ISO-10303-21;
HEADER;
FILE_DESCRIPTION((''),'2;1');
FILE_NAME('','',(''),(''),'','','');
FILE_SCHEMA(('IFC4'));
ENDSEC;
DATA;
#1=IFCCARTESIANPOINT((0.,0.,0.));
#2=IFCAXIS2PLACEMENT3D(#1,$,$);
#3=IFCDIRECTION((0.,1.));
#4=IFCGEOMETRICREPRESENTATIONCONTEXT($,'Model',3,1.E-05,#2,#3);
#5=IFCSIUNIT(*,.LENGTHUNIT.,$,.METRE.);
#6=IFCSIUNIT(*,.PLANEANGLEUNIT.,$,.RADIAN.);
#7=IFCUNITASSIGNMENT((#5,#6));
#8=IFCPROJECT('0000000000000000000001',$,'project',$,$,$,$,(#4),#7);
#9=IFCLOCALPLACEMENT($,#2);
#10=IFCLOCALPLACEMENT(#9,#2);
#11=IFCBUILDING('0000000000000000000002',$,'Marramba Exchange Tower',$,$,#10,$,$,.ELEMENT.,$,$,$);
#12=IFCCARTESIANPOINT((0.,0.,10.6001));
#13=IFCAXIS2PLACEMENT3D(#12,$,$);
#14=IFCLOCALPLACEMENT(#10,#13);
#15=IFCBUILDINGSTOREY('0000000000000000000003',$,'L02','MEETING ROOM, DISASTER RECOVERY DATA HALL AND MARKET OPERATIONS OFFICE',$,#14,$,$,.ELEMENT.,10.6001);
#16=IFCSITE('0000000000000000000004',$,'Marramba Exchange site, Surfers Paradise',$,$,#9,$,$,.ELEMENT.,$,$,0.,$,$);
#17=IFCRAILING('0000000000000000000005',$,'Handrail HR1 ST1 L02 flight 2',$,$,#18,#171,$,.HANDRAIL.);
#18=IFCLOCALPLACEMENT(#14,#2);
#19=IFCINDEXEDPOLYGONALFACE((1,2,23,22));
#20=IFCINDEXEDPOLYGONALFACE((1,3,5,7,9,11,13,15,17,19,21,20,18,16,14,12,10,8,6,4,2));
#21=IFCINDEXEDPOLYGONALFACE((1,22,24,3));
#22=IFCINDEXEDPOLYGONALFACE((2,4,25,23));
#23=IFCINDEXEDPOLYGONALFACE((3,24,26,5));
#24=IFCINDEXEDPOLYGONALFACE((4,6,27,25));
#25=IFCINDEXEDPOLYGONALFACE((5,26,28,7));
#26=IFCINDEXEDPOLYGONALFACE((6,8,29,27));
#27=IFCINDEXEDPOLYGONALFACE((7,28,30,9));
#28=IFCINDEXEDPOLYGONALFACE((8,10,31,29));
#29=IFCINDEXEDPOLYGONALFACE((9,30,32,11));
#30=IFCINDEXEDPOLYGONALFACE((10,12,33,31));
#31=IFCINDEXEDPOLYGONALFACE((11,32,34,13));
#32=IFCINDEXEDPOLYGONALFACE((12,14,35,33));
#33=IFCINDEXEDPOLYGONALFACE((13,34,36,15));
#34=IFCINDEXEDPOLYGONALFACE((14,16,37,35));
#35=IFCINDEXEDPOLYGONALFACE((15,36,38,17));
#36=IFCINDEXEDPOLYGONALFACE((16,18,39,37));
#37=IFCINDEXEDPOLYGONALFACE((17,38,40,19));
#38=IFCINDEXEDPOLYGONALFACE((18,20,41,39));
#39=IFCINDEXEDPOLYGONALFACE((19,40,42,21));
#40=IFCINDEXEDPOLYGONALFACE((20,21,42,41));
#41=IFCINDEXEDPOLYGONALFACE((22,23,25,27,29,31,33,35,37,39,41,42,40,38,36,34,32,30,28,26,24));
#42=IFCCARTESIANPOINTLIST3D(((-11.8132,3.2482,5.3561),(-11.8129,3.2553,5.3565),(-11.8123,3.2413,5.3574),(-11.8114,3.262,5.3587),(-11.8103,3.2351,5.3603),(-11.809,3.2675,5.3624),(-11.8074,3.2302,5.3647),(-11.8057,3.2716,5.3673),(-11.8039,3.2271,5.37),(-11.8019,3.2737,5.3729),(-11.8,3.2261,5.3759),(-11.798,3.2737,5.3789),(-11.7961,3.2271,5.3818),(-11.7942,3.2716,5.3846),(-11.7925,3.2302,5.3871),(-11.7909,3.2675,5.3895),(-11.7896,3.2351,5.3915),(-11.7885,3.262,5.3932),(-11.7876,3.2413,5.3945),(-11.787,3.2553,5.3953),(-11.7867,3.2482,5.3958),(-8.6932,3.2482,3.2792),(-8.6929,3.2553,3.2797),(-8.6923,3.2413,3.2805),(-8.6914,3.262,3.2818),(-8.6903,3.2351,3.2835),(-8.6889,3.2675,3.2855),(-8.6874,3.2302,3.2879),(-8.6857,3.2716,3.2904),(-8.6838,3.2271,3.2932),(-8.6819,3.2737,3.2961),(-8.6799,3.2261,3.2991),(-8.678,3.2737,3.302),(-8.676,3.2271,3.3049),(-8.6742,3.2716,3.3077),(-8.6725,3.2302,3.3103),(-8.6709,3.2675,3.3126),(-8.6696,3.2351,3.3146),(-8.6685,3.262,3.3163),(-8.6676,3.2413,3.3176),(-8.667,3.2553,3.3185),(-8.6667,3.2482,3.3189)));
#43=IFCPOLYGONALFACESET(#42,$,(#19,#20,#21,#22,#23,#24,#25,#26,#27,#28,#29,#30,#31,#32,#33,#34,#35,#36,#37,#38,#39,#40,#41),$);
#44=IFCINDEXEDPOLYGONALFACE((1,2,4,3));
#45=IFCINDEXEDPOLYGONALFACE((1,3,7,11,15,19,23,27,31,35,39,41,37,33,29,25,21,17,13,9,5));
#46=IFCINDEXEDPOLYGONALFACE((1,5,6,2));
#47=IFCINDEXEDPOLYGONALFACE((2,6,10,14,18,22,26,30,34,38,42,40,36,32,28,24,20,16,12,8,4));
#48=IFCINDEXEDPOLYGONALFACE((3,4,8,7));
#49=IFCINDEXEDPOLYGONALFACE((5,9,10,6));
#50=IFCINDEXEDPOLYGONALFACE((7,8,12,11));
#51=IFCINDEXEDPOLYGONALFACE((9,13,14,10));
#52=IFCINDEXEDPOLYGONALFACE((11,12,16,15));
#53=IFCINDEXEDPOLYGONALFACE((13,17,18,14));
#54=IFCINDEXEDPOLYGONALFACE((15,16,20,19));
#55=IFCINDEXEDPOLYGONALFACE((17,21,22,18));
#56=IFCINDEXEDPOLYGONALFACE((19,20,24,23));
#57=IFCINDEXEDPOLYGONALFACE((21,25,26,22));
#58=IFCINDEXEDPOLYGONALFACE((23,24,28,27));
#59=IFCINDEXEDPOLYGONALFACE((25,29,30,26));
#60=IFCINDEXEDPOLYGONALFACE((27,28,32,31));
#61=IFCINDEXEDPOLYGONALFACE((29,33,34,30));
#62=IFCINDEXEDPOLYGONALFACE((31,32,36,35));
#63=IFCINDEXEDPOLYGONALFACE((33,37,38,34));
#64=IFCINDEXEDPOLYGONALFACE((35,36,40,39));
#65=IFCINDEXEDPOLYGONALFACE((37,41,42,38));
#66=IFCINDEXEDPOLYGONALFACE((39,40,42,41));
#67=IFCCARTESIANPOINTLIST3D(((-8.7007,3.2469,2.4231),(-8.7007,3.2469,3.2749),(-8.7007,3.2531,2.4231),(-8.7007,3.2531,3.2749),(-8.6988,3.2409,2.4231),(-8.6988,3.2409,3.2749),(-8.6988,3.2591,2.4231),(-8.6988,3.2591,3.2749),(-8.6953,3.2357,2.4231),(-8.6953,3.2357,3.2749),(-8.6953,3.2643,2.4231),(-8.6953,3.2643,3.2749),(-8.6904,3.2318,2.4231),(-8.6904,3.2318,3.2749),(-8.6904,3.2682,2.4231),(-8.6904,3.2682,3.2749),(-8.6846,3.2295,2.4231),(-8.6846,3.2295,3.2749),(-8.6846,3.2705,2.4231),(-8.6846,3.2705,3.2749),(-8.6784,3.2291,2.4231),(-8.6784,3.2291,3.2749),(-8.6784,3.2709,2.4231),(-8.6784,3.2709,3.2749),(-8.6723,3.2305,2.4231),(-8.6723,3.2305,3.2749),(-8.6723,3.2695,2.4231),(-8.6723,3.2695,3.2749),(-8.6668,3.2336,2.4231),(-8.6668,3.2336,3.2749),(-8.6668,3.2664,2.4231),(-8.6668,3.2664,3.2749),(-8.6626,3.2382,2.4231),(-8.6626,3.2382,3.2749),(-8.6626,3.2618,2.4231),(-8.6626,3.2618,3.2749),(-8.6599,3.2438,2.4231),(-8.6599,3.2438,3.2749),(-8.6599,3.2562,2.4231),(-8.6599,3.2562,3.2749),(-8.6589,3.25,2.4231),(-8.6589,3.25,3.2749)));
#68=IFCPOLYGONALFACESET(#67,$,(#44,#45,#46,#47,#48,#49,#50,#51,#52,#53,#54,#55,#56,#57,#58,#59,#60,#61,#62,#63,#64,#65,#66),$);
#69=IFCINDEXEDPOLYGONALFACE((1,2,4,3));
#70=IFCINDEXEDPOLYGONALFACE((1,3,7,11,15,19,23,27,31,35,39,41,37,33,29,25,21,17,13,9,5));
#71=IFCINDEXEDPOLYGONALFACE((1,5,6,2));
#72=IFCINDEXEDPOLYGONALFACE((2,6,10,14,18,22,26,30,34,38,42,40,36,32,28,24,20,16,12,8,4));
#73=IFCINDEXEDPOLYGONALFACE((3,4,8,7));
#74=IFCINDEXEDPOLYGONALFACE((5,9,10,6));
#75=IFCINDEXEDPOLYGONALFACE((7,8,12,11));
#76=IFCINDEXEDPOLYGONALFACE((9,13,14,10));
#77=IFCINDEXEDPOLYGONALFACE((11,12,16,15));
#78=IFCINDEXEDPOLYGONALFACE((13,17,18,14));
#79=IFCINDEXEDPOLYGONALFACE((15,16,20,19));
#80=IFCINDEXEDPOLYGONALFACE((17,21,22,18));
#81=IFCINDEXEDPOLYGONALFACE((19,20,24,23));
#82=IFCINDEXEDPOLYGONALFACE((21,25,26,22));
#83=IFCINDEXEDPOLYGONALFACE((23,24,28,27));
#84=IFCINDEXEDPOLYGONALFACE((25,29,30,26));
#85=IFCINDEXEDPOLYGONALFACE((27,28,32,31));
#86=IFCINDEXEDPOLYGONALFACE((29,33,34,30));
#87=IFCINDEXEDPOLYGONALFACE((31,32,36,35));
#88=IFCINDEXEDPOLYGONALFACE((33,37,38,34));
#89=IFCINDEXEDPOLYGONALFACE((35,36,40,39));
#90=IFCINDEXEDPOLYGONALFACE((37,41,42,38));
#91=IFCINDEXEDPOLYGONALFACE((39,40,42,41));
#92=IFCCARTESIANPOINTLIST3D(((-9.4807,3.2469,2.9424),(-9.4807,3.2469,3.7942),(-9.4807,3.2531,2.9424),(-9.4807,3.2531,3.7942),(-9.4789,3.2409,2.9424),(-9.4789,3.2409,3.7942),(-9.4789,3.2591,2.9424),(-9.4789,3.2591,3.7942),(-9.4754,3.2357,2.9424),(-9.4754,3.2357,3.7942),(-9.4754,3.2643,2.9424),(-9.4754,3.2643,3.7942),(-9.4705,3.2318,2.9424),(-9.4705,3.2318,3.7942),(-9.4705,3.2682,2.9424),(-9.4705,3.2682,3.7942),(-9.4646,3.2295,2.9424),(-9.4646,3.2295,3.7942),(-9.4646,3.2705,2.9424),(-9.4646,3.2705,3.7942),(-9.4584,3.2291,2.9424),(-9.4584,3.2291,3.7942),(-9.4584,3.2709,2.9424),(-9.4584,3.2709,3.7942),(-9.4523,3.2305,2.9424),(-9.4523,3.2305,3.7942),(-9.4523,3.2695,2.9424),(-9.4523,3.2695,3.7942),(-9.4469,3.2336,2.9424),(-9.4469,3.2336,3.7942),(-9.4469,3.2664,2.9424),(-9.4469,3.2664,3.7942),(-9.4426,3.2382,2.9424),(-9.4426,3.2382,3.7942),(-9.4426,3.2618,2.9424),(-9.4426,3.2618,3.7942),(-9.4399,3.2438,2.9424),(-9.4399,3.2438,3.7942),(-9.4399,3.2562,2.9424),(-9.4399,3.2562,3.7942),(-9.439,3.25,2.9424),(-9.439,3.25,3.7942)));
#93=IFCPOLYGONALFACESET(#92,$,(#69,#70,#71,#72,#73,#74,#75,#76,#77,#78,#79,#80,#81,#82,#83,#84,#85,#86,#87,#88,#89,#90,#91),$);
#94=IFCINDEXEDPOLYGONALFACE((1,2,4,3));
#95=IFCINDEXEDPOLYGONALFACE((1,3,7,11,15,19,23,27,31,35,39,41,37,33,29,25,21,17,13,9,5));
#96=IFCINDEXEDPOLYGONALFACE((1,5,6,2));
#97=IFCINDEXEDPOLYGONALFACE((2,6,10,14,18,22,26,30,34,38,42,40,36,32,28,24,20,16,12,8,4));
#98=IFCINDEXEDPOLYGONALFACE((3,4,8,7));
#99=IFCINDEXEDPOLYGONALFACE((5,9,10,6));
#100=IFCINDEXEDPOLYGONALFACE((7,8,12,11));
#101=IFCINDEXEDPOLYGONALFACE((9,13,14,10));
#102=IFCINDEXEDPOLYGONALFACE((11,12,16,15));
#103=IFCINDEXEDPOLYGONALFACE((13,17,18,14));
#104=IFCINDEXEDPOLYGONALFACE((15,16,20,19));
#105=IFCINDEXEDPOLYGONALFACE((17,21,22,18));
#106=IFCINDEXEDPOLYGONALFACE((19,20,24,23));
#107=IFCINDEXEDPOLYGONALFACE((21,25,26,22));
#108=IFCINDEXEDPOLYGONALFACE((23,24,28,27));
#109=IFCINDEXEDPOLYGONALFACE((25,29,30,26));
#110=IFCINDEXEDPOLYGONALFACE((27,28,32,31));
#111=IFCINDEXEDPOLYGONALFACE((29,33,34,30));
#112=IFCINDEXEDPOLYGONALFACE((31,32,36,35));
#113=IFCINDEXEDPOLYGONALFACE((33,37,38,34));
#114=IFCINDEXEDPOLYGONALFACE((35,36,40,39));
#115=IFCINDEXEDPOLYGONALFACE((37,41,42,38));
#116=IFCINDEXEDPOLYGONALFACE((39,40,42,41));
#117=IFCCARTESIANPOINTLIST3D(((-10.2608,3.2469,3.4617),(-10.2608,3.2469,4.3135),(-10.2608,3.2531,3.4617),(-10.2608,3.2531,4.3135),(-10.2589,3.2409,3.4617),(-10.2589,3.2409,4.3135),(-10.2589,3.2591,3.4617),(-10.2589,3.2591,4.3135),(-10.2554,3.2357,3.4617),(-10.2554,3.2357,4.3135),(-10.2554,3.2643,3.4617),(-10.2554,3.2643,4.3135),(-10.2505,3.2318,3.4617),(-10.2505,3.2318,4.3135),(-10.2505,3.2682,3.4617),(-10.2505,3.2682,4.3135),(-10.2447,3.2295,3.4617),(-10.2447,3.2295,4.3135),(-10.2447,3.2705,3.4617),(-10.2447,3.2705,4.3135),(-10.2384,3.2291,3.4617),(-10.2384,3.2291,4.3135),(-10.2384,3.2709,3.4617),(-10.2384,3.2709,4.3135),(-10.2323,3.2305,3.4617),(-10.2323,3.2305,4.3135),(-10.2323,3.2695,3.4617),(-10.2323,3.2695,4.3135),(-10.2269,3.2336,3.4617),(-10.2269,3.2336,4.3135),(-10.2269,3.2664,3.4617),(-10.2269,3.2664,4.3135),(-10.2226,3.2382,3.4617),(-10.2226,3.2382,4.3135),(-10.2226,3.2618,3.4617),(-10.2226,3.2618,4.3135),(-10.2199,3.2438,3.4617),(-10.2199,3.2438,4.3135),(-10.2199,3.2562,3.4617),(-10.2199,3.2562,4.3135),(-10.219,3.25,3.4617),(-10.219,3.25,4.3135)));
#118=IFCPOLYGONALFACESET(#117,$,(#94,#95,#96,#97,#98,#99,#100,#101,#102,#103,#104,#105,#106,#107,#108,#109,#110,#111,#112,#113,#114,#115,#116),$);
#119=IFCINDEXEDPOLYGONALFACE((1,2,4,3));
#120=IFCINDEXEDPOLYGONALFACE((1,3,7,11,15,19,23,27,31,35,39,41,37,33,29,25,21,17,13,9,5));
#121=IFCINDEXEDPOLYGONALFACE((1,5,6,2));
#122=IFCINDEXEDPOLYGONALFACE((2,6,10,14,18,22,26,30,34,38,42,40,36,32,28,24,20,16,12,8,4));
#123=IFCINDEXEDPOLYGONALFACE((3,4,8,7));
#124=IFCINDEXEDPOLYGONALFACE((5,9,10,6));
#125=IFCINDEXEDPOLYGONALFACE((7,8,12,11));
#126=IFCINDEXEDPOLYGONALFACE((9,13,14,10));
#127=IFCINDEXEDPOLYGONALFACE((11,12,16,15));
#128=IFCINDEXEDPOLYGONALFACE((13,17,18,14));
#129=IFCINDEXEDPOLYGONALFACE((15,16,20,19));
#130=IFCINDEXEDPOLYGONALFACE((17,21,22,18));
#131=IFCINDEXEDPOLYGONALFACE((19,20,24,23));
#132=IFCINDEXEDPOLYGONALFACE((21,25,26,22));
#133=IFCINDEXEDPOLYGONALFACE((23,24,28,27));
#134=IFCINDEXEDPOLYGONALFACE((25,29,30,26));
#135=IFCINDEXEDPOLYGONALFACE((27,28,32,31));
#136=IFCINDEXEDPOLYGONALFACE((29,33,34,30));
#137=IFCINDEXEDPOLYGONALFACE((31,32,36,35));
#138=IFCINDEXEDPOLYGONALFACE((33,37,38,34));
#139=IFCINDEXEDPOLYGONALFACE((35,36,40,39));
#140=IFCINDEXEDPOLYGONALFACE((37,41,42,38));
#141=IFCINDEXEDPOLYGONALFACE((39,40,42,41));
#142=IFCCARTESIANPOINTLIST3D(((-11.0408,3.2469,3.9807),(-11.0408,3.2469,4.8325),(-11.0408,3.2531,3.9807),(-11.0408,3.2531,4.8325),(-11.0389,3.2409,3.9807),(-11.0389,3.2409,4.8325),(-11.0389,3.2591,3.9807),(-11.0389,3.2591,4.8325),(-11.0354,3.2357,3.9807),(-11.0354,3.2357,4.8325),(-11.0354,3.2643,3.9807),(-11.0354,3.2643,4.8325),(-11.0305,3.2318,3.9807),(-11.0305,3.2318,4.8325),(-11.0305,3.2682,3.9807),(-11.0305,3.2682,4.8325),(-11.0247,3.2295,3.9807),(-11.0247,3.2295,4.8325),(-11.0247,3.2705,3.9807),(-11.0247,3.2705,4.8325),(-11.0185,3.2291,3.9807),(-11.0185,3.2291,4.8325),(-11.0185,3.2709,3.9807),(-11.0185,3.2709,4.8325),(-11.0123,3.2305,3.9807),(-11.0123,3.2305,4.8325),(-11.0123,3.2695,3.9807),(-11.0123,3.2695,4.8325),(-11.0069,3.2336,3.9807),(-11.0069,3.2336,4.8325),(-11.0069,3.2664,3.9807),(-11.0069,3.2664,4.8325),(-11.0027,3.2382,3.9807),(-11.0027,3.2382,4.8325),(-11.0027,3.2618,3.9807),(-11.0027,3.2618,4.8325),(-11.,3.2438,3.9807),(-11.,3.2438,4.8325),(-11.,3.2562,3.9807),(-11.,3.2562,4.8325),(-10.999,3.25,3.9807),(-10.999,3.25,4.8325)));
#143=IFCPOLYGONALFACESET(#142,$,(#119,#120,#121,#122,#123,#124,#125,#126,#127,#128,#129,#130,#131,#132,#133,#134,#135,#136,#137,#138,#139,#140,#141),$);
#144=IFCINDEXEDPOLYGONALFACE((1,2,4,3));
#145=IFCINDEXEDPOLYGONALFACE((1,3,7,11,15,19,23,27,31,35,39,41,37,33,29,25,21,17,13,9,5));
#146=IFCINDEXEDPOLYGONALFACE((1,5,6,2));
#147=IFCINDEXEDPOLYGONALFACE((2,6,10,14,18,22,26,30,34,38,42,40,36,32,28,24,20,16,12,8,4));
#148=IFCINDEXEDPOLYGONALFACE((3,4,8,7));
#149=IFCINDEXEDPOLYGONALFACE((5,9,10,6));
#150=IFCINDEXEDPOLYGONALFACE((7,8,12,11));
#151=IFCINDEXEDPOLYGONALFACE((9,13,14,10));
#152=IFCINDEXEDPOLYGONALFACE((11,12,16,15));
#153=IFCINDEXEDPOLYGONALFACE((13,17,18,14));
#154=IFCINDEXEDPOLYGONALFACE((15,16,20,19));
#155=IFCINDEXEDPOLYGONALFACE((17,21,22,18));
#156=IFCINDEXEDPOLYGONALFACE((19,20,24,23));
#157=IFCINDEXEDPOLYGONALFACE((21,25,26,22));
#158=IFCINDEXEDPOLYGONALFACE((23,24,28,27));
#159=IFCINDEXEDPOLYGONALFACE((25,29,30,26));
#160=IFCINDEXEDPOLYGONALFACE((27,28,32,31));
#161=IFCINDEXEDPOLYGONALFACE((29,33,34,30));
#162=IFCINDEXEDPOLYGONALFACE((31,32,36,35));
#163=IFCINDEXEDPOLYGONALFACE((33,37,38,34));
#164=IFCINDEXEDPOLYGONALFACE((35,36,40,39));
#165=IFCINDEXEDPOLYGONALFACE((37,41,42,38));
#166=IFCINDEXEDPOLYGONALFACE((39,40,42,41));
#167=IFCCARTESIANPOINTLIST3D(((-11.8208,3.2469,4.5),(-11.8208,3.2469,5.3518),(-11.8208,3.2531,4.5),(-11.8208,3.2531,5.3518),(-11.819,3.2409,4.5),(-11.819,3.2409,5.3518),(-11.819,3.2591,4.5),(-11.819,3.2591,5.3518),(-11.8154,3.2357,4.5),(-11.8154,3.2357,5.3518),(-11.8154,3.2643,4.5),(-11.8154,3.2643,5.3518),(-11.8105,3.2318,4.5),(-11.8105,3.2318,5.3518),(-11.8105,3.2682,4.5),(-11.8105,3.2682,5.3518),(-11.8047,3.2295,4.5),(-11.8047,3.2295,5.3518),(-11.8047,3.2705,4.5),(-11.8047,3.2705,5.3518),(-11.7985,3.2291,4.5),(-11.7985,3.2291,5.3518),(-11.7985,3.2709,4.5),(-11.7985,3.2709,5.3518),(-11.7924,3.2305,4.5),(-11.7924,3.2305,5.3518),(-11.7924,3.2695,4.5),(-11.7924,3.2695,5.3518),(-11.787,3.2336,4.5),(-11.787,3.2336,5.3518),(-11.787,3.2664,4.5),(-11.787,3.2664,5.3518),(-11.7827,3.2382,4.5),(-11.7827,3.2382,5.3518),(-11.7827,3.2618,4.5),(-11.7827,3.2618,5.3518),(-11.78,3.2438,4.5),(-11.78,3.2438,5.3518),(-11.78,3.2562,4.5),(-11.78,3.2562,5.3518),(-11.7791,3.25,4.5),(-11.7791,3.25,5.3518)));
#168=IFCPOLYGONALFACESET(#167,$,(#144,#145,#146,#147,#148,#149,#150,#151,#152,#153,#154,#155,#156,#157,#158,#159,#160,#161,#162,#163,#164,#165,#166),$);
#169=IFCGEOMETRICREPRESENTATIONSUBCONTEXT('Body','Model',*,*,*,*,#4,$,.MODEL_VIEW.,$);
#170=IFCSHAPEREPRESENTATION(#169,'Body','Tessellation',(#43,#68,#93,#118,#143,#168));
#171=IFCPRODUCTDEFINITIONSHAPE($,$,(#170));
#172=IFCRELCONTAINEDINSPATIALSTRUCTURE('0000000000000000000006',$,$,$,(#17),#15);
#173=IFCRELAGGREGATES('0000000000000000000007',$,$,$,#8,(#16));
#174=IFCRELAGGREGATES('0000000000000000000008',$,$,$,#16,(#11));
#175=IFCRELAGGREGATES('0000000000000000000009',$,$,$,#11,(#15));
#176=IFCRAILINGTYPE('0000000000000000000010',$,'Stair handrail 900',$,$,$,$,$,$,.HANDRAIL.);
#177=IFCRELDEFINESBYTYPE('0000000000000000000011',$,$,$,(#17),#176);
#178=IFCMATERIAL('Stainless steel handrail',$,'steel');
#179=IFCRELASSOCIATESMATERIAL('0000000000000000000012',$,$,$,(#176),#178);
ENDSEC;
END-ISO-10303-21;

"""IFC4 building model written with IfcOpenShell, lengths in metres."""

from ifc_helpers import new_model, si_unit, direction, frame, origin, origin_2d, place, context, subcontext, project, spatial, circle, extrude, material, type_object, element, save


model = new_model("IFC4")

# Units and contexts
model_context = context("Model", 3, precision=1e-05, world=origin(), true_north=direction((0.0, 1.0)))
body_context = subcontext(model_context, "Body", "Model", "MODEL_VIEW")
ifc_project = project(units=[si_unit("LENGTHUNIT", "METRE"), si_unit("PLANEANGLEUNIT", "RADIAN")], contexts=[model_context])

# Site, building, storey
site_placement = place(None, origin())
site = spatial("IfcSite", under=ifc_project, at=site_placement, Name="Marramba Exchange site, Surfers Paradise", CompositionType="ELEMENT", RefElevation=0.0)
building_placement = place(site_placement, origin())
building = spatial("IfcBuilding", under=site, at=building_placement, Name="Marramba Exchange Tower", CompositionType="ELEMENT")
storey_placement = place(building_placement, frame((0.0, 0.0, 10.6001)))
storey = spatial("IfcBuildingStorey", under=building, at=storey_placement, Name="L02", Description="MEETING ROOM, DISASTER RECOVERY DATA HALL AND MARKET OPERATIONS OFFICE", CompositionType="ELEMENT", Elevation=10.6001)

# Railing
ifc_material_1 = material(Name="Stainless steel handrail", Category="steel")
railing_type = type_object("IfcRailingType", Name="Stair handrail 900", PredefinedType="HANDRAIL", material=ifc_material_1)
railing_1_placement = place(storey_placement, frame((-8.6799, 3.25, 2.4231)))
element("IfcRailing", 1, at=railing_1_placement, inside=storey, type_object=railing_type, Name="Handrail HR1 ST1 L02 flight 2", PredefinedType="HANDRAIL", context=body_context, shape_type="SweptSolid", body=[
    extrude(circle(Radius=0.0239, at=origin_2d()), frame((0.0, 0.0, 0.876), z_axis=(-0.832441, 0.0, 0.554114), x_axis=(0.0, -1.0, 0.0)), (0.0, 0.0, 1.0), 3.748),
    extrude(circle(Radius=0.021, at=origin_2d()), origin(), (0.0, 0.0, 1.0), 0.8518),
    extrude(circle(Radius=0.021, at=origin_2d()), frame((-0.78, 0.0, 0.5193)), (0.0, 0.0, 1.0), 0.8518),
    extrude(circle(Radius=0.021, at=origin_2d()), frame((-1.5601, 0.0, 1.0386)), (0.0, 0.0, 1.0), 0.8518),
    extrude(circle(Radius=0.021, at=origin_2d()), frame((-2.3401, 0.0, 1.5576)), (0.0, 0.0, 1.0), 0.8518),
    extrude(circle(Radius=0.021, at=origin_2d()), frame((-3.1201, 0.0, 2.0769)), (0.0, 0.0, 1.0), 0.8518),
])

save(model, "model.ifc")
